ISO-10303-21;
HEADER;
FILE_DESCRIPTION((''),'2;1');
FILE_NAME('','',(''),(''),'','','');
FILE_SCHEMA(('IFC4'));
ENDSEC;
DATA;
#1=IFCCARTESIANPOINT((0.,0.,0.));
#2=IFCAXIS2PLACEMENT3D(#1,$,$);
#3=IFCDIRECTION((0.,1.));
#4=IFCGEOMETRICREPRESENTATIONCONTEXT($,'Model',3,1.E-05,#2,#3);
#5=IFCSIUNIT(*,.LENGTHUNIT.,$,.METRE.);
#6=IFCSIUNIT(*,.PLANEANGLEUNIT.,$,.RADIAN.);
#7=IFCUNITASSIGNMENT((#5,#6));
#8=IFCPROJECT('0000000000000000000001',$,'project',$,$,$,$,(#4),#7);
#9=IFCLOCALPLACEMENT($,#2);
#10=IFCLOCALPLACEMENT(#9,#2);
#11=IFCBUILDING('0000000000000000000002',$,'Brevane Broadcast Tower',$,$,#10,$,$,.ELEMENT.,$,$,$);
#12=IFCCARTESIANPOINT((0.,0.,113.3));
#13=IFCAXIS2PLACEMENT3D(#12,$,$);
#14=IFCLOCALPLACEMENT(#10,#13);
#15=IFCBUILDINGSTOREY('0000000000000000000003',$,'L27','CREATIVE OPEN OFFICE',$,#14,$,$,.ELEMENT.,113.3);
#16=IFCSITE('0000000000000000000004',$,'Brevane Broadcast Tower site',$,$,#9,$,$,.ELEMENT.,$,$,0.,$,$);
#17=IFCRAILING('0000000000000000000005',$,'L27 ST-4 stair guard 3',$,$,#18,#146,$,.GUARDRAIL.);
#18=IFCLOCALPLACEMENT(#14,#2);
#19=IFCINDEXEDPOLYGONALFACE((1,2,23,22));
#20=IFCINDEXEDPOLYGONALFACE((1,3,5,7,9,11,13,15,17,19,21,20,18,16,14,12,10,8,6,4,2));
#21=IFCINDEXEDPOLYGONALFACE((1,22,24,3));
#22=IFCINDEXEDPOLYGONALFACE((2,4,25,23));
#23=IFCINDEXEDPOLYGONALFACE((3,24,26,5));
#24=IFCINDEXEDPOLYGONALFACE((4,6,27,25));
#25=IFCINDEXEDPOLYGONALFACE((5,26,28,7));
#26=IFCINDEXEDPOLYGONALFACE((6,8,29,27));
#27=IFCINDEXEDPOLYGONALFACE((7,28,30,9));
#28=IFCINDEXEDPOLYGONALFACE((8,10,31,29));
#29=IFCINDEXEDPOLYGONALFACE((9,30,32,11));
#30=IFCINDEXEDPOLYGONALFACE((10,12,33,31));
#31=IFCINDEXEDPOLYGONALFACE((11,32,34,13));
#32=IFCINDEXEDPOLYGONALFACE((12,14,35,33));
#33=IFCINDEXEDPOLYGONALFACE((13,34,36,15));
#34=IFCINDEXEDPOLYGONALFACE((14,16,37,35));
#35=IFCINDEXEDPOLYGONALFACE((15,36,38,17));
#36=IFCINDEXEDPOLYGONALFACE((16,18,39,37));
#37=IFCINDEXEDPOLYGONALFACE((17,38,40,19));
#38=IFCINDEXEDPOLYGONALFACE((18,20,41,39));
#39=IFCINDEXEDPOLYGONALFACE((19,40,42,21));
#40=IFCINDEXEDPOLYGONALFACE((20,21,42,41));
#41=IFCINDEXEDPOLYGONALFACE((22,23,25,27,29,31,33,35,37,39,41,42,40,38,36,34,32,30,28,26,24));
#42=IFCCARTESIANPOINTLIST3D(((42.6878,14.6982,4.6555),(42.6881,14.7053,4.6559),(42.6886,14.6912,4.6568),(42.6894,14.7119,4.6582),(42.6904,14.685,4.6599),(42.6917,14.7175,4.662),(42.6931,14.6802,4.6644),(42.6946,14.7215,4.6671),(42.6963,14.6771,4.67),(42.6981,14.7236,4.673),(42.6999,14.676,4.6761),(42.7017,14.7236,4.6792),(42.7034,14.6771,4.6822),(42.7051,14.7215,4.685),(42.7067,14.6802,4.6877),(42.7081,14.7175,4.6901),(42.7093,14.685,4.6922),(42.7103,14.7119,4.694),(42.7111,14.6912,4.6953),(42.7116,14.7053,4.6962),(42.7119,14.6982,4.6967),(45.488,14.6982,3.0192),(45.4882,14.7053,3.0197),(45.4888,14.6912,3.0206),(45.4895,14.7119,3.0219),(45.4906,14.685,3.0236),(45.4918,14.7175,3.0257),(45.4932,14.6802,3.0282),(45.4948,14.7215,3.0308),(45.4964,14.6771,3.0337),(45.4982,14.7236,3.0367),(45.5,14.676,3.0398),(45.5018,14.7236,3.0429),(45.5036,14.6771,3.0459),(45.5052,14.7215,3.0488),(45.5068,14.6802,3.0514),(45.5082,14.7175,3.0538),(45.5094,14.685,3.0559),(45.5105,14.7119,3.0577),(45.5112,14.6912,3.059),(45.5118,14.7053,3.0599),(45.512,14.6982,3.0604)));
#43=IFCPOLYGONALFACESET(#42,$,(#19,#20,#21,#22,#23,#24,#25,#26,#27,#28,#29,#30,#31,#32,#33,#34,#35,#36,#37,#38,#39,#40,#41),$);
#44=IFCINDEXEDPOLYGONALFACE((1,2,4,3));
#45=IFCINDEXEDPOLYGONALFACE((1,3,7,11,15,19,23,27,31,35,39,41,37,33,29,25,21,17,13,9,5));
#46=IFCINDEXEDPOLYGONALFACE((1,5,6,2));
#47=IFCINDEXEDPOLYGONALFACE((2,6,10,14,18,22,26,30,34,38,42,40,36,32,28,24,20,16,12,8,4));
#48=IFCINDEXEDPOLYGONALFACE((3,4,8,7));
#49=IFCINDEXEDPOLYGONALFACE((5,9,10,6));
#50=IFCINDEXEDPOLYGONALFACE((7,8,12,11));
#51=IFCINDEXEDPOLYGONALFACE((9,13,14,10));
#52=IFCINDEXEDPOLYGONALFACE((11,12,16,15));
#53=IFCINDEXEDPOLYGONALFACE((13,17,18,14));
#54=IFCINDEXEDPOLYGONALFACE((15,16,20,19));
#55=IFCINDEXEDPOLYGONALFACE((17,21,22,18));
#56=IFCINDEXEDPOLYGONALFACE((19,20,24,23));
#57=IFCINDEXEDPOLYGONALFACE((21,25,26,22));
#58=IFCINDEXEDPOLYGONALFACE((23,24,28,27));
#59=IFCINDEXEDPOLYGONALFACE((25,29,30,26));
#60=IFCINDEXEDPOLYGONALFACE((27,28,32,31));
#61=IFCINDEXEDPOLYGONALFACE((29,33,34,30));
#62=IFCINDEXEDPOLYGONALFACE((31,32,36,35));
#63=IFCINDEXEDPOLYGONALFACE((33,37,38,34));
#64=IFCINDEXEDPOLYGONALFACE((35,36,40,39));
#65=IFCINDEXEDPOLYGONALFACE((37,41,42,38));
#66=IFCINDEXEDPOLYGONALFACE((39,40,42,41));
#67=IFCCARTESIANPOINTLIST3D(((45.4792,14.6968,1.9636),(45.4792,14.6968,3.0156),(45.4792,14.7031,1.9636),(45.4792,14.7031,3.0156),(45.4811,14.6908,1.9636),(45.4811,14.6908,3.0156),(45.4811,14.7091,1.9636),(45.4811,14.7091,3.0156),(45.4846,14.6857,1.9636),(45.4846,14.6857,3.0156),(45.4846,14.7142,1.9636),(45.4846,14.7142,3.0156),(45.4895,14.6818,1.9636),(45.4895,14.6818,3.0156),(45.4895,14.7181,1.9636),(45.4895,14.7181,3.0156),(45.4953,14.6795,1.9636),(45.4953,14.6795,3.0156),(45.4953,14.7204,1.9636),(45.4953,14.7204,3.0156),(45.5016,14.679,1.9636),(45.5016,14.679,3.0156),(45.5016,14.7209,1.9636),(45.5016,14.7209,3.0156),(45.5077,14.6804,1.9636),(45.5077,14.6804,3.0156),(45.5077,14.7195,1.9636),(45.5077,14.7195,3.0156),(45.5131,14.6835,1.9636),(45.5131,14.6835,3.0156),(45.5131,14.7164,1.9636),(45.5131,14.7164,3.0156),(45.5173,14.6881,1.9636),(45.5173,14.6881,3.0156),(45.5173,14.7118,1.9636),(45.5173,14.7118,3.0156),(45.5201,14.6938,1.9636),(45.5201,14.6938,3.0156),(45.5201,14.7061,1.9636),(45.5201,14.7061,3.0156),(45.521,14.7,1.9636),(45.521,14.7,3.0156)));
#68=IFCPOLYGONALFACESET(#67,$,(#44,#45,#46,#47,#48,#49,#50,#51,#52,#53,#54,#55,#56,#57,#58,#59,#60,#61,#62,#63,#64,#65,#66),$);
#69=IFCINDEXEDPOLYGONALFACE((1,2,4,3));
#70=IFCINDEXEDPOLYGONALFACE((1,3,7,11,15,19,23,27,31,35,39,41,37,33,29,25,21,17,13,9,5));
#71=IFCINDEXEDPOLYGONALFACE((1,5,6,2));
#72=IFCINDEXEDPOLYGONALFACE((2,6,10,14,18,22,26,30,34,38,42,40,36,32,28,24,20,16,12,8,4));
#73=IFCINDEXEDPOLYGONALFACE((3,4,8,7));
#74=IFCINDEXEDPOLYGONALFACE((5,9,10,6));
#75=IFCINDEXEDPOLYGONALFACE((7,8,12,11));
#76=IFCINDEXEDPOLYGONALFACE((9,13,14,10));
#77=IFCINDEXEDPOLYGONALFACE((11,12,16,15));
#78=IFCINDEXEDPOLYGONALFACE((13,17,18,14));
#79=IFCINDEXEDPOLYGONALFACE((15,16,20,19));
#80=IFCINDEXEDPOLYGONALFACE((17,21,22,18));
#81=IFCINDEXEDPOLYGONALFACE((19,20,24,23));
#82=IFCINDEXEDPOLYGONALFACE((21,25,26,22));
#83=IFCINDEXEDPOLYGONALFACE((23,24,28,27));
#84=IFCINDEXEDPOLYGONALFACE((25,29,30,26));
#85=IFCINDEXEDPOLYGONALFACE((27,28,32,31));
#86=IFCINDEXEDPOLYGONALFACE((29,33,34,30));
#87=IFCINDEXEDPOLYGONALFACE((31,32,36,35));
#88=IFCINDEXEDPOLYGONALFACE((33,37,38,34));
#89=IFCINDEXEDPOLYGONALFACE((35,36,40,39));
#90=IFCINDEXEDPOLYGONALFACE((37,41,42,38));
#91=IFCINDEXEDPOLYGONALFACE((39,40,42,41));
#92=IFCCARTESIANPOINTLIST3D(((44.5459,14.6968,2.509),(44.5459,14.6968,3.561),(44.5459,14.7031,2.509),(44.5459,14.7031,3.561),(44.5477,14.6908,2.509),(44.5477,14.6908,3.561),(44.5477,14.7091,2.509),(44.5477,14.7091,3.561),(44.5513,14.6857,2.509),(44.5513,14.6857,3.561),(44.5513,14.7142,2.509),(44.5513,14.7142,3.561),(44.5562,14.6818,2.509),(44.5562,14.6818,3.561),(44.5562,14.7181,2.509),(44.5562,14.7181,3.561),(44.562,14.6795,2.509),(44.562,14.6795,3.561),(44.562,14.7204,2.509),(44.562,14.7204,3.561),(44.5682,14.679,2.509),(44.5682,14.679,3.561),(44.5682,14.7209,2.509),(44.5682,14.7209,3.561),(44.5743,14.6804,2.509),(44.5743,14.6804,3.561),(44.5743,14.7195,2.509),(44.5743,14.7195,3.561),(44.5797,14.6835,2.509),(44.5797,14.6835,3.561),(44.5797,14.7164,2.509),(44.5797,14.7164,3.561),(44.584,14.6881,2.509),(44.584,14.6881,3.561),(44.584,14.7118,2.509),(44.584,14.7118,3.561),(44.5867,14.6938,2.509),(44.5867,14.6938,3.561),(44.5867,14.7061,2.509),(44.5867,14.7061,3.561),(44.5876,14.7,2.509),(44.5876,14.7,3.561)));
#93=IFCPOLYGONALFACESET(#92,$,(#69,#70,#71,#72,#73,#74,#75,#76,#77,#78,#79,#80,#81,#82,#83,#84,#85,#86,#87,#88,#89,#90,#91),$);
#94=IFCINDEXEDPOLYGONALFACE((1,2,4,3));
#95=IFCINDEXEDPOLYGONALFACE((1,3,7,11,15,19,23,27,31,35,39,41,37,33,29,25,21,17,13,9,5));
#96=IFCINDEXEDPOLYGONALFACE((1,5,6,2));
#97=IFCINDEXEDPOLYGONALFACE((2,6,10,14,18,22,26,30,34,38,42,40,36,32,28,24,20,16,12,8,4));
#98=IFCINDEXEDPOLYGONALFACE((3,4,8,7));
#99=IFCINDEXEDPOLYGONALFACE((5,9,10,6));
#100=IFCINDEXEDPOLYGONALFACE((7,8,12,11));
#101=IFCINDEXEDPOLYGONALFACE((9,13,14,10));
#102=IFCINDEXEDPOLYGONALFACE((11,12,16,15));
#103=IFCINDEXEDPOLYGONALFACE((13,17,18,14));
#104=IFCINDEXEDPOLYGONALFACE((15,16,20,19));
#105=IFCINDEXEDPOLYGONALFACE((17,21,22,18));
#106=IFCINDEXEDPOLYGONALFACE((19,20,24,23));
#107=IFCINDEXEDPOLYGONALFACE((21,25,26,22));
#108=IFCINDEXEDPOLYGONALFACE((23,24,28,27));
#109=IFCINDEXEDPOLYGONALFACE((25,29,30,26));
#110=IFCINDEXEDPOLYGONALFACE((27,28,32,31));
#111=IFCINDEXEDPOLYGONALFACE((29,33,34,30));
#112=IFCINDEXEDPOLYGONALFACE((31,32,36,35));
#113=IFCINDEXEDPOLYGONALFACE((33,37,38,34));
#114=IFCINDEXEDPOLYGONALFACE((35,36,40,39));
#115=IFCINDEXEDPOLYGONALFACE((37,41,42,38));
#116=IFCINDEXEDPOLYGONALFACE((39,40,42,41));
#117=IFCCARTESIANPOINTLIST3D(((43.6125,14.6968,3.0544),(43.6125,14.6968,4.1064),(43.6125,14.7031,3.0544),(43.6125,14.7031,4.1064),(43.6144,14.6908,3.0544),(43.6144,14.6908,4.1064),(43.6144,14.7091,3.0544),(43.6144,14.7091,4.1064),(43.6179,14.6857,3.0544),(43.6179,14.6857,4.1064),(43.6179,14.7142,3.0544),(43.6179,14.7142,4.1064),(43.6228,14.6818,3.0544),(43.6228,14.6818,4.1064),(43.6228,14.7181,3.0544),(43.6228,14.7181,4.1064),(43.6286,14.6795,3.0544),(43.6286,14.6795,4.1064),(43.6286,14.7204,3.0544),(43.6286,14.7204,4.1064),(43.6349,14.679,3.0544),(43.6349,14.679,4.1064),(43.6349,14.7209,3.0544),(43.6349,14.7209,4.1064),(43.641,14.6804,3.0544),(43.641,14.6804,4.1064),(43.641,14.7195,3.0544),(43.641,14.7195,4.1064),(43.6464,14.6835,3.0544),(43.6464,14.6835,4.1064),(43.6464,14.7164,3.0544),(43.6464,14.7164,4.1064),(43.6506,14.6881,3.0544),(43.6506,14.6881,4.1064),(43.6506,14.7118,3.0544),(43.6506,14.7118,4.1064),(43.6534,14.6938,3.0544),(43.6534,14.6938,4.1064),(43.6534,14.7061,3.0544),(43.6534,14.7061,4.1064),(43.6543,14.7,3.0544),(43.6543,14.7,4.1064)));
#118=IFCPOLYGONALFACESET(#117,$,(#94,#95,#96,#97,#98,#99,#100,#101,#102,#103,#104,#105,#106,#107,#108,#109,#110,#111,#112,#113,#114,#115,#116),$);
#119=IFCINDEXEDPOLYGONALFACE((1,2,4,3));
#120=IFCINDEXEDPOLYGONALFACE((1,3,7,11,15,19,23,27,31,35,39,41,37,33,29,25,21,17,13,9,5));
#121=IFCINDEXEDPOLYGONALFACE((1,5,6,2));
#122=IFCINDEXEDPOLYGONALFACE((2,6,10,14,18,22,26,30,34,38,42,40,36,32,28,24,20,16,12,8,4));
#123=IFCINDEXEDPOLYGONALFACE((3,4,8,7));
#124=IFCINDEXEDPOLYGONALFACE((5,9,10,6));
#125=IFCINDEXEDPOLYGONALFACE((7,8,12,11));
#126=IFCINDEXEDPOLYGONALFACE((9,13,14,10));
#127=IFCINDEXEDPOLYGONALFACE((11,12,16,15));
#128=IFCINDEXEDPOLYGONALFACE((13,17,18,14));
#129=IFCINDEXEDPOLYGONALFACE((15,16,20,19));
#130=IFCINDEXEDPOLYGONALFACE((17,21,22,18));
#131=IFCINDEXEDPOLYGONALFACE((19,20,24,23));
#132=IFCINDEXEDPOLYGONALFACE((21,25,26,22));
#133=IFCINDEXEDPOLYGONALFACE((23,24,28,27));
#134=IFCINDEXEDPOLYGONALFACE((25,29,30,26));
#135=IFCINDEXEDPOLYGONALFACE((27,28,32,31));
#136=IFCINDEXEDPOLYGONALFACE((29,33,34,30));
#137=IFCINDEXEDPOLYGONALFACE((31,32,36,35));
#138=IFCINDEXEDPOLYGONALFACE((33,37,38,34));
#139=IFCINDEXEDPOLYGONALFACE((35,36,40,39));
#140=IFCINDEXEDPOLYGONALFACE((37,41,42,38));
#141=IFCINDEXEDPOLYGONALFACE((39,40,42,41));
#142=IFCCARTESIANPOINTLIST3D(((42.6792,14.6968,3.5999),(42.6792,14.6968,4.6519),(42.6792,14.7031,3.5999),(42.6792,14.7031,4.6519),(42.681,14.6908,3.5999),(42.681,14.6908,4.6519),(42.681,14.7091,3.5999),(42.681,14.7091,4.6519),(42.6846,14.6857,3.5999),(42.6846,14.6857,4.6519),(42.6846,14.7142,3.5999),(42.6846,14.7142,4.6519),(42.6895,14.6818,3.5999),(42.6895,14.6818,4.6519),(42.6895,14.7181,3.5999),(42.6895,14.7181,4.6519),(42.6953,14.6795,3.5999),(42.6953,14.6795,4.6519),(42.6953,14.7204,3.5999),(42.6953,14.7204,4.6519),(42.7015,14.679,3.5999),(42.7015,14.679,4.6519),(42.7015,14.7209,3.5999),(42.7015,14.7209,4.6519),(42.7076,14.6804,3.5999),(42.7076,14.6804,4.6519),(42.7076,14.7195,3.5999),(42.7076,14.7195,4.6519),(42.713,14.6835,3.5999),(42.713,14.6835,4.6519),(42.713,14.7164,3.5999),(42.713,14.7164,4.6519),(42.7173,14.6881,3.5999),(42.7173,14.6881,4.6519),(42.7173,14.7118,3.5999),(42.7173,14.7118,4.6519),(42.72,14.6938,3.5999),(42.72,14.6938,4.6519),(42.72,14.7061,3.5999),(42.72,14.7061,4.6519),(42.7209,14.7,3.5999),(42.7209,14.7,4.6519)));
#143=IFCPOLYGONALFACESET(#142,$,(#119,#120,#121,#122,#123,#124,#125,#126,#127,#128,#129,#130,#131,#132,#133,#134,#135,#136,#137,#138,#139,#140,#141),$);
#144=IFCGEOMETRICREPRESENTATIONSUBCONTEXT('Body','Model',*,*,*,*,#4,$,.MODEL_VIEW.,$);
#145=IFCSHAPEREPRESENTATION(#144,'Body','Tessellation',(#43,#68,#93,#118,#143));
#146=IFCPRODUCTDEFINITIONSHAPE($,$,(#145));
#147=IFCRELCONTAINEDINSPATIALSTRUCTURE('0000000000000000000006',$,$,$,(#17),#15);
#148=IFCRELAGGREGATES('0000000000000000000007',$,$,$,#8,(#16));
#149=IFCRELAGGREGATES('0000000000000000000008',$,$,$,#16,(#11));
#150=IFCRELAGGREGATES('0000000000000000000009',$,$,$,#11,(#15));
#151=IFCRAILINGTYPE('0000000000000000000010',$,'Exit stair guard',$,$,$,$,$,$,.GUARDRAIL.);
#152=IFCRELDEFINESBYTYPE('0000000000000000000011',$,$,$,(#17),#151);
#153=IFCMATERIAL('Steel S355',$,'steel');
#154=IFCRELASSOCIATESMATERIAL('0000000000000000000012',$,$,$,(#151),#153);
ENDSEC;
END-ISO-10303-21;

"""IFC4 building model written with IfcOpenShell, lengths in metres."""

from ifc_helpers import new_model, si_unit, direction, frame, origin, origin_2d, place, context, subcontext, project, spatial, circle, extrude, material, type_object, element, save


model = new_model("IFC4")

# Units and contexts
model_context = context("Model", 3, precision=1e-05, world=origin(), true_north=direction((0.0, 1.0)))
body_context = subcontext(model_context, "Body", "Model", "MODEL_VIEW")
ifc_project = project(units=[si_unit("LENGTHUNIT", "METRE"), si_unit("PLANEANGLEUNIT", "RADIAN")], contexts=[model_context])

# Site, building, storey
site_placement = place(None, origin())
site = spatial("IfcSite", under=ifc_project, at=site_placement, Name="Brevane Broadcast Tower site", CompositionType="ELEMENT", RefElevation=0.0)
building_placement = place(site_placement, origin())
building = spatial("IfcBuilding", under=site, at=building_placement, Name="Brevane Broadcast Tower", CompositionType="ELEMENT")
storey_placement = place(building_placement, frame((0.0, 0.0, 113.3)))
storey = spatial("IfcBuildingStorey", under=building, at=storey_placement, Name="L27", Description="CREATIVE OPEN OFFICE", CompositionType="ELEMENT", Elevation=113.3)

# Railing
ifc_material_1 = material(Name="Steel S355", Category="steel")
railing_type_1 = type_object("IfcRailingType", Name="Exit stair guard", PredefinedType="GUARDRAIL", material=ifc_material_1)
railing_1_placement = place(storey_placement, frame((45.5, 14.7, 1.9636)))
element("IfcRailing", 1, at=railing_1_placement, inside=storey, type_object=railing_type_1, Name="L27 ST-4 stair guard 3", PredefinedType="GUARDRAIL", context=body_context, shape_type="SweptSolid", body=[
    extrude(circle(Radius=0.0239, at=origin_2d()), frame((0.0, 0.0, 1.0762), z_axis=(-0.863394, 0.0, 0.504531), x_axis=(0.0, -1.0, 0.0)), (0.0, 0.0, 1.0), 3.2432),
    extrude(circle(Radius=0.021, at=origin_2d()), origin(), (0.0, 0.0, 1.0), 1.052),
    extrude(circle(Radius=0.021, at=origin_2d()), frame((-0.9333, 0.0, 0.5454)), (0.0, 0.0, 1.0), 1.052),
    extrude(circle(Radius=0.021, at=origin_2d()), frame((-1.8667, 0.0, 1.0908)), (0.0, 0.0, 1.0), 1.052),
    extrude(circle(Radius=0.021, at=origin_2d()), frame((-2.8, 0.0, 1.6362)), (0.0, 0.0, 1.0), 1.052),
])

save(model, "model.ifc")
